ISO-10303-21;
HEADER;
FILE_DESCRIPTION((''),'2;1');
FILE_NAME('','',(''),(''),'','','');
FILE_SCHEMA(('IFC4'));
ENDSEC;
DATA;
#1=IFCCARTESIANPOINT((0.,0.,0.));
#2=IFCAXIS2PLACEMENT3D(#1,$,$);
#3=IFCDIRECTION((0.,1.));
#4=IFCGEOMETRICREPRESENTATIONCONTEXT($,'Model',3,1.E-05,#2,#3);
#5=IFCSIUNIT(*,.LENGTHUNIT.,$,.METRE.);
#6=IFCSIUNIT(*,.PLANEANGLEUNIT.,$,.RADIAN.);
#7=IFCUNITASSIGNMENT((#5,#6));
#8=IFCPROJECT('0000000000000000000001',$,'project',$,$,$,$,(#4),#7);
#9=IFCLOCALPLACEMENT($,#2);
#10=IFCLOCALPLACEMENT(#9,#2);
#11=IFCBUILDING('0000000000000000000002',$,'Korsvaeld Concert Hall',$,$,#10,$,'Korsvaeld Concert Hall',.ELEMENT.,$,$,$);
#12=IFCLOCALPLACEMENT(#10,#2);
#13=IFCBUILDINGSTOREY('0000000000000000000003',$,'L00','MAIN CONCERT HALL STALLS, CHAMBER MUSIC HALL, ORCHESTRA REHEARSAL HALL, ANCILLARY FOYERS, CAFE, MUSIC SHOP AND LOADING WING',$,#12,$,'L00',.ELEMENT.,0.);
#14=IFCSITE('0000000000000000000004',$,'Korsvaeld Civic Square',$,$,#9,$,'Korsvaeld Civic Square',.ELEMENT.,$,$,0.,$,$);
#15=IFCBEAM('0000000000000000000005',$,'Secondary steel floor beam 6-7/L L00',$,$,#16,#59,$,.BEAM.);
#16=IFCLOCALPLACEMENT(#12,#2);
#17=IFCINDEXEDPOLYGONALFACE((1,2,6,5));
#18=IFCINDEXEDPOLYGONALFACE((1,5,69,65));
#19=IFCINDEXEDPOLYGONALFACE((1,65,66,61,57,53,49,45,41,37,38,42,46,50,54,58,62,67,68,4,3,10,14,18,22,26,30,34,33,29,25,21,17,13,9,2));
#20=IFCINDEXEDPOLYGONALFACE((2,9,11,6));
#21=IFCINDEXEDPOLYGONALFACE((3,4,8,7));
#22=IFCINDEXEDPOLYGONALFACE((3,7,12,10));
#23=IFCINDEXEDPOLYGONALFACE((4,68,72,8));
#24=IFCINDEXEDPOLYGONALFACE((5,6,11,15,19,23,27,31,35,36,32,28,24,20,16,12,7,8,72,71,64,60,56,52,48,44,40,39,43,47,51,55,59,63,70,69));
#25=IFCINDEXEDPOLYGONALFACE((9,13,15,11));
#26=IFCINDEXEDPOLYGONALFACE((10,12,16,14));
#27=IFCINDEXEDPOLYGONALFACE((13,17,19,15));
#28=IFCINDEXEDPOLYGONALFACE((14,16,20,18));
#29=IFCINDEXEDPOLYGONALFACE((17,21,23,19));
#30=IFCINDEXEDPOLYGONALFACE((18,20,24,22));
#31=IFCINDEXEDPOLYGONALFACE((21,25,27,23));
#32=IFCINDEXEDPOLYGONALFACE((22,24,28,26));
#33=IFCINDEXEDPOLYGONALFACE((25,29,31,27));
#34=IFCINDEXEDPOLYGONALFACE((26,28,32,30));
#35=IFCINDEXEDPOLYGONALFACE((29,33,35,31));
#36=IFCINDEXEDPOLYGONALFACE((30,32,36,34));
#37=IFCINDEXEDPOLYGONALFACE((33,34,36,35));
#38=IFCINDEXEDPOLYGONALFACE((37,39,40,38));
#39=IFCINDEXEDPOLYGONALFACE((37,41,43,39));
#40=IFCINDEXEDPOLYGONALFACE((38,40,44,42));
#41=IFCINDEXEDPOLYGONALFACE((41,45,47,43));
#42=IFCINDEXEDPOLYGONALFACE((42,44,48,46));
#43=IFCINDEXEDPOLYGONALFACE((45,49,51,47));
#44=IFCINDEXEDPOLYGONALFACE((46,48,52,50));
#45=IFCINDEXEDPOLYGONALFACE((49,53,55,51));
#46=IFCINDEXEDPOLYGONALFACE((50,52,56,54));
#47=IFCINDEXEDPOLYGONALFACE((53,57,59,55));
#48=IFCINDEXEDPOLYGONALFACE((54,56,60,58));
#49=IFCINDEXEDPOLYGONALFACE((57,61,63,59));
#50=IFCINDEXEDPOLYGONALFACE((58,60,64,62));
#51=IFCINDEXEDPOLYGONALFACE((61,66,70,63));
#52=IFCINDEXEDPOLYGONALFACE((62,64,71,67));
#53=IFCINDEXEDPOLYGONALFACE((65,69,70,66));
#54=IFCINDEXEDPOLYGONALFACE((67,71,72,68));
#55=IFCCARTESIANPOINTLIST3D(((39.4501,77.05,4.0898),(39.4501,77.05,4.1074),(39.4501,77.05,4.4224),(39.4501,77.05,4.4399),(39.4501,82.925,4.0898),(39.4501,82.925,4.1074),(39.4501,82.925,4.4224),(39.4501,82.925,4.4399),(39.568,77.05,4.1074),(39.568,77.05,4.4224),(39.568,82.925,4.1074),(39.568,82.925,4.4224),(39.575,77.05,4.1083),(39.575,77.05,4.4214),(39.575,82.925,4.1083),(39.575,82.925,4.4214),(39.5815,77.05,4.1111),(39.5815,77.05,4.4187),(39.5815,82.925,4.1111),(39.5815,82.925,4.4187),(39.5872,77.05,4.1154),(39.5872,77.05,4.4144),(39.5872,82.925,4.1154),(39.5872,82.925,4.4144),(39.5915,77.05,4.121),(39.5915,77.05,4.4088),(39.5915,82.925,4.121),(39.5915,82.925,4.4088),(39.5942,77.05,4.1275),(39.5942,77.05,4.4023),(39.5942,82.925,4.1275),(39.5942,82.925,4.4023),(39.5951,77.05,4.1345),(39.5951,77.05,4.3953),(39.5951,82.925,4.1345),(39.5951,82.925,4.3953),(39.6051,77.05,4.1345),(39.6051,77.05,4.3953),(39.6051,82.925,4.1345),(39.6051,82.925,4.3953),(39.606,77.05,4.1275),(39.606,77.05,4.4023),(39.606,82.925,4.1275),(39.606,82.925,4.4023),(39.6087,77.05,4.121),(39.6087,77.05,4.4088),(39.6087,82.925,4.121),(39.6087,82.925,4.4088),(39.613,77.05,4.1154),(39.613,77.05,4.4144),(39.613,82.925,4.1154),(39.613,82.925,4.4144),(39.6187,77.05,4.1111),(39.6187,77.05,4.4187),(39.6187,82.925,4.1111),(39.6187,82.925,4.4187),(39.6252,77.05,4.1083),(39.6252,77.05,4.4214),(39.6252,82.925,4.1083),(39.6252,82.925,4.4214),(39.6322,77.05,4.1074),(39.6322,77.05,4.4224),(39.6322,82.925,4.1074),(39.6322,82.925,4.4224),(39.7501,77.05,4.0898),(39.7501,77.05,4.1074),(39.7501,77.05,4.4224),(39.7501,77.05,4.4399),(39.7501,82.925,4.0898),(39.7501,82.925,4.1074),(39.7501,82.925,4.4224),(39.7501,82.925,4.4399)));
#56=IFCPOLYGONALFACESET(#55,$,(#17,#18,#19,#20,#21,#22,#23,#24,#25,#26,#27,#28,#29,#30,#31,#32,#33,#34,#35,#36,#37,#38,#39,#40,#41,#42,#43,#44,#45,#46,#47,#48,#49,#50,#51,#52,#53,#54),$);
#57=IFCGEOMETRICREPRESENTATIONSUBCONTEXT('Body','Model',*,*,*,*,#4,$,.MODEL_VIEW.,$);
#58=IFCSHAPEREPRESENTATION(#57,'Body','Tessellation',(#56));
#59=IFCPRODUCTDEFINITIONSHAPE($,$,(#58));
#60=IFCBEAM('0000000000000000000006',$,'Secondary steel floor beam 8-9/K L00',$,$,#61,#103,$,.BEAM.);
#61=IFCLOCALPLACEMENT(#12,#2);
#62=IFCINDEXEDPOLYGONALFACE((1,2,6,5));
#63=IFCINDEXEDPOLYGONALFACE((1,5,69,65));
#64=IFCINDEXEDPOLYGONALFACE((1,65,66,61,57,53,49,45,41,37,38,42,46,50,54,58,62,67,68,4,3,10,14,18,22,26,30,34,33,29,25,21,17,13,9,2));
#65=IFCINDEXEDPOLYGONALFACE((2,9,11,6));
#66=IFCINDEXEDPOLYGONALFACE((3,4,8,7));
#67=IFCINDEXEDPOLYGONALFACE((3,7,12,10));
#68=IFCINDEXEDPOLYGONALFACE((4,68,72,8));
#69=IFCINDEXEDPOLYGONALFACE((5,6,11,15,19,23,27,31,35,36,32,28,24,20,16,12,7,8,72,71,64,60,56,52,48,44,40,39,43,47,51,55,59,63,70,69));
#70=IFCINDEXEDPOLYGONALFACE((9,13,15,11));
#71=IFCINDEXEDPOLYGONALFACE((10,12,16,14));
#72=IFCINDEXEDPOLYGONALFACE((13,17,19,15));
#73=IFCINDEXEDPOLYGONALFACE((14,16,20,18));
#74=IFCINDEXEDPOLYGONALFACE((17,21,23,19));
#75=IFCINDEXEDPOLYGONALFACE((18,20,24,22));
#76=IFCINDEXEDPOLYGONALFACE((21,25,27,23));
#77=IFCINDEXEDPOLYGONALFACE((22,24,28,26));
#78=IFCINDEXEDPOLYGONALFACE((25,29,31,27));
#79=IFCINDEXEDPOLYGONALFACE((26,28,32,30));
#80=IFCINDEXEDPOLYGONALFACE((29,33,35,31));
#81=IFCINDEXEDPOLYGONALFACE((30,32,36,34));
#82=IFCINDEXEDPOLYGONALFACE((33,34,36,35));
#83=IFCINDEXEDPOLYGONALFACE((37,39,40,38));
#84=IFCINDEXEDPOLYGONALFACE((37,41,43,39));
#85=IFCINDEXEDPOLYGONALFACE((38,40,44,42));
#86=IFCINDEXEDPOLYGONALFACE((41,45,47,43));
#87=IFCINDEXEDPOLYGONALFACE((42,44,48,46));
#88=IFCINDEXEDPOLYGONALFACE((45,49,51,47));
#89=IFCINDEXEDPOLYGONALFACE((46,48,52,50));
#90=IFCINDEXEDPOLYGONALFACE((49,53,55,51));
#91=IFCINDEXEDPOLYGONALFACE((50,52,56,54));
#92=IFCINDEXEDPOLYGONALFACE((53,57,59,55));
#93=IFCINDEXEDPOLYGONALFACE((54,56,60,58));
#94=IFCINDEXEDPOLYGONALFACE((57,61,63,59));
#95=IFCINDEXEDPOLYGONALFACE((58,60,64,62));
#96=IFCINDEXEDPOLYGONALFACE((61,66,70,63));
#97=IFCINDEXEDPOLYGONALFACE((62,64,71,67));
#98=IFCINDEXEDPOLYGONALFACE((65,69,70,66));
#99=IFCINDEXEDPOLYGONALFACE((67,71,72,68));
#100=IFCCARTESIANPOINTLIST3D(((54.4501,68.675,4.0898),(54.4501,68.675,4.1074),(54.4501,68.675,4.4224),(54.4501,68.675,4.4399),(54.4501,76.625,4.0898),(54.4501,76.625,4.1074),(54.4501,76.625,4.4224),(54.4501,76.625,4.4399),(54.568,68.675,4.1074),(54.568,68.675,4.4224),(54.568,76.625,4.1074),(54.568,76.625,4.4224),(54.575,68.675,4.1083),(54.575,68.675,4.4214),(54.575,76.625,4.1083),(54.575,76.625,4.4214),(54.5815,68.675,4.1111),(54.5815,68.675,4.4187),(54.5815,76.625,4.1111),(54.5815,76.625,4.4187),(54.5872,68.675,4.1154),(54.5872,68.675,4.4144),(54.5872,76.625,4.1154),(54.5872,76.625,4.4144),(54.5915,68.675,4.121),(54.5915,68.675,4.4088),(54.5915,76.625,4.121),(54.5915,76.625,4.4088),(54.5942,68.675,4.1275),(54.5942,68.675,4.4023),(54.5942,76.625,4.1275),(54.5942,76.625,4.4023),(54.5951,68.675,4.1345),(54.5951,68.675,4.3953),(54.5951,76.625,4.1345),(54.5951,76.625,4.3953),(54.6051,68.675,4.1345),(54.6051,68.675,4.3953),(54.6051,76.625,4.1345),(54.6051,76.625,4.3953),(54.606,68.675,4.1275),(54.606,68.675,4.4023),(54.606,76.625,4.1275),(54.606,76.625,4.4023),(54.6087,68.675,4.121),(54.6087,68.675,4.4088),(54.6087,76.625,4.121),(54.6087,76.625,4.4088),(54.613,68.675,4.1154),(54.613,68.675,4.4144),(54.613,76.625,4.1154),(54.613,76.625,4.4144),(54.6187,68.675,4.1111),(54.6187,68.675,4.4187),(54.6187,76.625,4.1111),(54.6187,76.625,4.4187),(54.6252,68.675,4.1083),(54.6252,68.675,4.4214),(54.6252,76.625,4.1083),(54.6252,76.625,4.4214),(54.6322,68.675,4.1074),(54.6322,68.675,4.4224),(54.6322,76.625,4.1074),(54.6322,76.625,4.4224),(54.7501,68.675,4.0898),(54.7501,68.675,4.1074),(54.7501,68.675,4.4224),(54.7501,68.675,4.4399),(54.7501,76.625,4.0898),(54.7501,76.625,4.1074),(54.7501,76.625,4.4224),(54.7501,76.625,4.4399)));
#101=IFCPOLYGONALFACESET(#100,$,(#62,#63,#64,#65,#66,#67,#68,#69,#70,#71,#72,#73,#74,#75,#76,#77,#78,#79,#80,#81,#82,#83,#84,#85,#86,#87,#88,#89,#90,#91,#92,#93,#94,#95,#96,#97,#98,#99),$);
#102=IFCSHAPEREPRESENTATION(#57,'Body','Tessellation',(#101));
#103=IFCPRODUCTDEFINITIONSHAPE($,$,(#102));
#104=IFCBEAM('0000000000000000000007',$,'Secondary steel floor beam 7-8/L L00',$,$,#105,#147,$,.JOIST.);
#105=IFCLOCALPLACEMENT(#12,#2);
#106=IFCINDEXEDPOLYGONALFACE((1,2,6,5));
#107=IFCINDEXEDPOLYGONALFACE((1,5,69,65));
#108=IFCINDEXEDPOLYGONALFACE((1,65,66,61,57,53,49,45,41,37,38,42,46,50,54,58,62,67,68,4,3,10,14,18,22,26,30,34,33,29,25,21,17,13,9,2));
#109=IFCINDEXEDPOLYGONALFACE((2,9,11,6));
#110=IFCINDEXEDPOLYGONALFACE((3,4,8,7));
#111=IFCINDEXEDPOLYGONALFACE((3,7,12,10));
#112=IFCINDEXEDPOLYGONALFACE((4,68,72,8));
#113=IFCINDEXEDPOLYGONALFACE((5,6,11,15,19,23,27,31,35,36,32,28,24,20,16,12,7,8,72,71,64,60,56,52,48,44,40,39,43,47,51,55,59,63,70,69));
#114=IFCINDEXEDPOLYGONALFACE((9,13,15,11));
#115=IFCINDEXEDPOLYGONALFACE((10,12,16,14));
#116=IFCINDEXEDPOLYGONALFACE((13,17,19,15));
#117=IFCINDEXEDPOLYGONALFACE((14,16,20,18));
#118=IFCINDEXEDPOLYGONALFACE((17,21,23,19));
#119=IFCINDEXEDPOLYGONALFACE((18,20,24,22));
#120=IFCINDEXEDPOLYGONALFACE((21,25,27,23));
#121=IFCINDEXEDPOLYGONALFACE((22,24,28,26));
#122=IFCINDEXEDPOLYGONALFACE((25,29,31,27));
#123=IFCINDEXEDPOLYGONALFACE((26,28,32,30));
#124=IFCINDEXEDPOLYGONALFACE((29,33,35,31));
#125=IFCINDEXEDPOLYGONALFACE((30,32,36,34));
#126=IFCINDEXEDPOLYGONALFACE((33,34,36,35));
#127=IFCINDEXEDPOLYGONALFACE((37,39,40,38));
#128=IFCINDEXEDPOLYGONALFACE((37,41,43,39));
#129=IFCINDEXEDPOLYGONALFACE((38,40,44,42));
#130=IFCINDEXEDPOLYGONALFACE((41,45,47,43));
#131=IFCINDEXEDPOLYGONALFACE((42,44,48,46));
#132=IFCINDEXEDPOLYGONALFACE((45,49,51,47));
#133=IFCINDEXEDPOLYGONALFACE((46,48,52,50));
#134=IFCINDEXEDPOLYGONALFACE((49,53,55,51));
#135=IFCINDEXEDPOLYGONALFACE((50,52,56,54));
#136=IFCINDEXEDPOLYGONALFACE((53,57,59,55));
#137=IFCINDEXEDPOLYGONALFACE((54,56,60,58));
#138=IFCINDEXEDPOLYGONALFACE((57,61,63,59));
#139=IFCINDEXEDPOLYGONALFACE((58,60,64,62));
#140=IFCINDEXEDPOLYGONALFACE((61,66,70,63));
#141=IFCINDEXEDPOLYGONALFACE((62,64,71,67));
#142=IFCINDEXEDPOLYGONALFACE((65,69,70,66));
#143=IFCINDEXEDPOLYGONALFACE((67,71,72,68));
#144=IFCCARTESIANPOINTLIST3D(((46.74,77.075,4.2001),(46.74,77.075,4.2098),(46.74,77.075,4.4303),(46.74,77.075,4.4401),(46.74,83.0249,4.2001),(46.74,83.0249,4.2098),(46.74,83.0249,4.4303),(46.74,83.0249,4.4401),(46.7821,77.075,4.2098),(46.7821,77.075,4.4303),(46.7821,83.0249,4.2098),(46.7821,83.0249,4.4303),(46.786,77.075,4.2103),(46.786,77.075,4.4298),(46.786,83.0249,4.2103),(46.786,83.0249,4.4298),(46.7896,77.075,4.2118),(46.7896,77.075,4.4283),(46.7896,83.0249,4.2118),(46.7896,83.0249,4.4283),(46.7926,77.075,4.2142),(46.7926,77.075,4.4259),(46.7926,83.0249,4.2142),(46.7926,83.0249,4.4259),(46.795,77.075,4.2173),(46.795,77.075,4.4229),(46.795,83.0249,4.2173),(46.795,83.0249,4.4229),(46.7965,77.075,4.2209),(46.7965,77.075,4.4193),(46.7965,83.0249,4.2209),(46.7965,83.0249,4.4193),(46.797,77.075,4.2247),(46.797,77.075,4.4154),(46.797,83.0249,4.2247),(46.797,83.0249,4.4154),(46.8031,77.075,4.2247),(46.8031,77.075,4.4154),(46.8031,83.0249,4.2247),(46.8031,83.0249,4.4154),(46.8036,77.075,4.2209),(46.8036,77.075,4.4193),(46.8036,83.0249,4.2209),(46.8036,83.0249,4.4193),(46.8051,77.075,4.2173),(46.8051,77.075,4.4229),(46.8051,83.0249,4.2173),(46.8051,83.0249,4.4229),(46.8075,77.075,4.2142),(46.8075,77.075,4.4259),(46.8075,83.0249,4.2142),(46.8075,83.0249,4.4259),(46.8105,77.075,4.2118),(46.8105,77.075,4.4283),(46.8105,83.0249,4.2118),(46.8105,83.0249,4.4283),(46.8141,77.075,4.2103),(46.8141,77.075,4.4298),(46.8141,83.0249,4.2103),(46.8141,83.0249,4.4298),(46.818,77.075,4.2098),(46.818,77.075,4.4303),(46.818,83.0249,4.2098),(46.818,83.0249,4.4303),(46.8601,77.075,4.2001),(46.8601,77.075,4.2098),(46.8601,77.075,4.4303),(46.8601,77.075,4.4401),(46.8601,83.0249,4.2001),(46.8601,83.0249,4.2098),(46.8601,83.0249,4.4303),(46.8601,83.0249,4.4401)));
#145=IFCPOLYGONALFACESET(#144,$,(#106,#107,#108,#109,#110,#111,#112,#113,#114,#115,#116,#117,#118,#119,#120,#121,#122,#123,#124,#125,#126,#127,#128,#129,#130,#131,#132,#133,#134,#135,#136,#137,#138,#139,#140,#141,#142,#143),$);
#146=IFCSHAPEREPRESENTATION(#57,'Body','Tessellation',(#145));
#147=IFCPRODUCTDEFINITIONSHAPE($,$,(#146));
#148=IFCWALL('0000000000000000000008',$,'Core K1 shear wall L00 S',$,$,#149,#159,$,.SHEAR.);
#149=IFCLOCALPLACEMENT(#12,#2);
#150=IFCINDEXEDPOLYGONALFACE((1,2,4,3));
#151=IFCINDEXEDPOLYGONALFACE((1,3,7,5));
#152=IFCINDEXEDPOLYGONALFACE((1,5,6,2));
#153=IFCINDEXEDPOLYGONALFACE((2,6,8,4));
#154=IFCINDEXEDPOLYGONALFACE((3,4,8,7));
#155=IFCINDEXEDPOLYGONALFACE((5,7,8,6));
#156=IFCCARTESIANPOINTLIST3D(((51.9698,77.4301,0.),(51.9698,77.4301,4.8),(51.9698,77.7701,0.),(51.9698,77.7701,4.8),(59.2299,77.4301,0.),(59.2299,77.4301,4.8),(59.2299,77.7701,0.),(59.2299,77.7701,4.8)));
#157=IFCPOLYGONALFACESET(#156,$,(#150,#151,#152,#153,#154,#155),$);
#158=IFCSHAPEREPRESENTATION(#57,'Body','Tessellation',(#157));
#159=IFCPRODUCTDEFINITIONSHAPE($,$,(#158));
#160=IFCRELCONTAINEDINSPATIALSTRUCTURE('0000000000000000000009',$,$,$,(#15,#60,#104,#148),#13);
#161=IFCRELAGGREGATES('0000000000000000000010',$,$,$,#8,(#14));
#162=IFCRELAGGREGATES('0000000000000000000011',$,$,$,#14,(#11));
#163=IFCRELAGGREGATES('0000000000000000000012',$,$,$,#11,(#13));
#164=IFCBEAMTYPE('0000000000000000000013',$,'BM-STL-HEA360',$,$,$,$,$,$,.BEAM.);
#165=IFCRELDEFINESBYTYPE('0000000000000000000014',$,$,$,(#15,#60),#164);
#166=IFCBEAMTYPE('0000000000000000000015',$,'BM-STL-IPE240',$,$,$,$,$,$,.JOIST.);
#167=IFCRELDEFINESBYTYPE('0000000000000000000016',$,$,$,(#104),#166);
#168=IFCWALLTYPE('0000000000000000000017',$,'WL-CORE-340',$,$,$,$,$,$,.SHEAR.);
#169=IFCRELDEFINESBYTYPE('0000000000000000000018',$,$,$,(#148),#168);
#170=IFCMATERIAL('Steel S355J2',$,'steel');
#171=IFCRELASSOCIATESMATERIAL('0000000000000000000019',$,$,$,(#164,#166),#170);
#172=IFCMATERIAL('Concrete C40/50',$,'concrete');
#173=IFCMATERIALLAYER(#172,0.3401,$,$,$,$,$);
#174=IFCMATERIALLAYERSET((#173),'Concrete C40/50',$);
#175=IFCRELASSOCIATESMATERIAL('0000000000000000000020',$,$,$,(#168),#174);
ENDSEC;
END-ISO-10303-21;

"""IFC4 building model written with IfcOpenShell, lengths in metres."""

from ifc_helpers import new_model, si_unit, direction, frame, frame_2d, origin, origin_2d, place, context, subcontext, project, spatial, rectangle, i_section, extrude, material, layer, layer_set, material_profile, profile_set, type_object, element, save


model = new_model("IFC4")

# Units and contexts
model_context = context("Model", 3, precision=1e-05, world=origin(), true_north=direction((0.0, 1.0)))
body_context = subcontext(model_context, "Body", "Model", "MODEL_VIEW")
ifc_project = project(units=[si_unit("LENGTHUNIT", "METRE"), si_unit("PLANEANGLEUNIT", "RADIAN")], contexts=[model_context])

# Site, building, storey
site_placement = place(None, origin())
site = spatial("IfcSite", under=ifc_project, at=site_placement, Name="Korsvaeld Civic Square", LongName="Korsvaeld Civic Square", CompositionType="ELEMENT", RefElevation=0.0)
building_placement = place(site_placement, origin())
building = spatial("IfcBuilding", under=site, at=building_placement, Name="Korsvaeld Concert Hall", LongName="Korsvaeld Concert Hall", CompositionType="ELEMENT")
storey_placement = place(building_placement, origin())
storey = spatial("IfcBuildingStorey", under=building, at=storey_placement, Name="L00", Description="MAIN CONCERT HALL STALLS, CHAMBER MUSIC HALL, ORCHESTRA REHEARSAL HALL, ANCILLARY FOYERS, CAFE, MUSIC SHOP AND LOADING WING", LongName="L00", CompositionType="ELEMENT", Elevation=0.0)

# Shared definitions
ifc_material_1 = material(Name="Concrete C40/50", Category="concrete")

# Beams
ifc_material_2 = material(Name="Steel S355J2", Category="steel")
ifc_material_profile_1 = material_profile(ifc_material_2, i_section(OverallWidth=0.3, OverallDepth=0.3501, WebThickness=0.01, FlangeThickness=0.0176, FilletRadius=0.0271, at=origin_2d()), Name="HEA 360")
ifc_profile_set_1 = profile_set([ifc_material_profile_1], Name="Steel S355J2")
beam_type_1 = type_object("IfcBeamType", Name="BM-STL-HEA360", PredefinedType="BEAM", material=ifc_profile_set_1)
beam_1_placement = place(storey_placement, frame((39.6001, 77.05, 4.2649), z_axis=(0.0, 1.0, 0.0), x_axis=(-1.0, 0.0, 0.0)))
element("IfcBeam", 1, at=beam_1_placement, inside=storey, type_object=beam_type_1, Name="Secondary steel floor beam 6-7/L L00", PredefinedType="BEAM", context=body_context, shape_type="SweptSolid", body=[
    extrude(i_section(OverallWidth=0.3, OverallDepth=0.3501, WebThickness=0.01, FlangeThickness=0.0176, FilletRadius=0.0271, at=origin_2d()), origin(), (0.0, 0.0, 1.0), 5.875),
])
beam_2_placement = place(storey_placement, frame((54.6001, 68.675, 4.2649), z_axis=(0.0, 1.0, 0.0), x_axis=(-1.0, 0.0, 0.0)))
element("IfcBeam", 2, at=beam_2_placement, inside=storey, type_object=beam_type_1, Name="Secondary steel floor beam 8-9/K L00", PredefinedType="BEAM", context=body_context, shape_type="SweptSolid", body=[
    extrude(i_section(OverallWidth=0.3, OverallDepth=0.3501, WebThickness=0.01, FlangeThickness=0.0176, FilletRadius=0.0271, at=origin_2d()), origin(), (0.0, 0.0, 1.0), 7.95),
])
ifc_material_profile_2 = material_profile(ifc_material_2, i_section(OverallWidth=0.1201, OverallDepth=0.24, WebThickness=0.0061, FlangeThickness=0.0098, FilletRadius=0.0149, at=origin_2d()), Name="IPE 240")
ifc_profile_set_2 = profile_set([ifc_material_profile_2], Name="Steel S355J2")
beam_type_2 = type_object("IfcBeamType", Name="BM-STL-IPE240", PredefinedType="JOIST", material=ifc_profile_set_2)
beam_3_placement = place(storey_placement, frame((46.8, 77.075, 4.3201), z_axis=(0.0, 1.0, 0.0), x_axis=(-1.0, 0.0, 0.0)))
element("IfcBeam", 3, at=beam_3_placement, inside=storey, type_object=beam_type_2, Name="Secondary steel floor beam 7-8/L L00", PredefinedType="JOIST", context=body_context, shape_type="SweptSolid", body=[
    extrude(i_section(OverallWidth=0.1201, OverallDepth=0.24, WebThickness=0.0061, FlangeThickness=0.0098, FilletRadius=0.0149, at=origin_2d()), origin(), (0.0, 0.0, 1.0), 5.95),
])

# Wall
ifc_layer_1 = layer(ifc_material_1, 0.3401)
ifc_layer_set_1 = layer_set([ifc_layer_1], Name="Concrete C40/50")
wall_type_1 = type_object("IfcWallType", Name="WL-CORE-340", PredefinedType="SHEAR", material=ifc_layer_set_1)
wall_1_placement = place(storey_placement, frame((51.97, 77.6001, 0.0), z_axis=(0.0, 0.0, 1.0), x_axis=(1.0, 0.0, 0.0)))
element("IfcWall", 4, at=wall_1_placement, inside=storey, type_object=wall_type_1, Name="Core K1 shear wall L00 S", PredefinedType="SHEAR", context=body_context, shape_type="SweptSolid", body=[
    extrude(rectangle(XDim=7.26, YDim=0.3401, at=frame_2d((3.6299, 0.0))), origin(), (0.0, 0.0, 1.0), 4.8),
])

save(model, "model.ifc")
